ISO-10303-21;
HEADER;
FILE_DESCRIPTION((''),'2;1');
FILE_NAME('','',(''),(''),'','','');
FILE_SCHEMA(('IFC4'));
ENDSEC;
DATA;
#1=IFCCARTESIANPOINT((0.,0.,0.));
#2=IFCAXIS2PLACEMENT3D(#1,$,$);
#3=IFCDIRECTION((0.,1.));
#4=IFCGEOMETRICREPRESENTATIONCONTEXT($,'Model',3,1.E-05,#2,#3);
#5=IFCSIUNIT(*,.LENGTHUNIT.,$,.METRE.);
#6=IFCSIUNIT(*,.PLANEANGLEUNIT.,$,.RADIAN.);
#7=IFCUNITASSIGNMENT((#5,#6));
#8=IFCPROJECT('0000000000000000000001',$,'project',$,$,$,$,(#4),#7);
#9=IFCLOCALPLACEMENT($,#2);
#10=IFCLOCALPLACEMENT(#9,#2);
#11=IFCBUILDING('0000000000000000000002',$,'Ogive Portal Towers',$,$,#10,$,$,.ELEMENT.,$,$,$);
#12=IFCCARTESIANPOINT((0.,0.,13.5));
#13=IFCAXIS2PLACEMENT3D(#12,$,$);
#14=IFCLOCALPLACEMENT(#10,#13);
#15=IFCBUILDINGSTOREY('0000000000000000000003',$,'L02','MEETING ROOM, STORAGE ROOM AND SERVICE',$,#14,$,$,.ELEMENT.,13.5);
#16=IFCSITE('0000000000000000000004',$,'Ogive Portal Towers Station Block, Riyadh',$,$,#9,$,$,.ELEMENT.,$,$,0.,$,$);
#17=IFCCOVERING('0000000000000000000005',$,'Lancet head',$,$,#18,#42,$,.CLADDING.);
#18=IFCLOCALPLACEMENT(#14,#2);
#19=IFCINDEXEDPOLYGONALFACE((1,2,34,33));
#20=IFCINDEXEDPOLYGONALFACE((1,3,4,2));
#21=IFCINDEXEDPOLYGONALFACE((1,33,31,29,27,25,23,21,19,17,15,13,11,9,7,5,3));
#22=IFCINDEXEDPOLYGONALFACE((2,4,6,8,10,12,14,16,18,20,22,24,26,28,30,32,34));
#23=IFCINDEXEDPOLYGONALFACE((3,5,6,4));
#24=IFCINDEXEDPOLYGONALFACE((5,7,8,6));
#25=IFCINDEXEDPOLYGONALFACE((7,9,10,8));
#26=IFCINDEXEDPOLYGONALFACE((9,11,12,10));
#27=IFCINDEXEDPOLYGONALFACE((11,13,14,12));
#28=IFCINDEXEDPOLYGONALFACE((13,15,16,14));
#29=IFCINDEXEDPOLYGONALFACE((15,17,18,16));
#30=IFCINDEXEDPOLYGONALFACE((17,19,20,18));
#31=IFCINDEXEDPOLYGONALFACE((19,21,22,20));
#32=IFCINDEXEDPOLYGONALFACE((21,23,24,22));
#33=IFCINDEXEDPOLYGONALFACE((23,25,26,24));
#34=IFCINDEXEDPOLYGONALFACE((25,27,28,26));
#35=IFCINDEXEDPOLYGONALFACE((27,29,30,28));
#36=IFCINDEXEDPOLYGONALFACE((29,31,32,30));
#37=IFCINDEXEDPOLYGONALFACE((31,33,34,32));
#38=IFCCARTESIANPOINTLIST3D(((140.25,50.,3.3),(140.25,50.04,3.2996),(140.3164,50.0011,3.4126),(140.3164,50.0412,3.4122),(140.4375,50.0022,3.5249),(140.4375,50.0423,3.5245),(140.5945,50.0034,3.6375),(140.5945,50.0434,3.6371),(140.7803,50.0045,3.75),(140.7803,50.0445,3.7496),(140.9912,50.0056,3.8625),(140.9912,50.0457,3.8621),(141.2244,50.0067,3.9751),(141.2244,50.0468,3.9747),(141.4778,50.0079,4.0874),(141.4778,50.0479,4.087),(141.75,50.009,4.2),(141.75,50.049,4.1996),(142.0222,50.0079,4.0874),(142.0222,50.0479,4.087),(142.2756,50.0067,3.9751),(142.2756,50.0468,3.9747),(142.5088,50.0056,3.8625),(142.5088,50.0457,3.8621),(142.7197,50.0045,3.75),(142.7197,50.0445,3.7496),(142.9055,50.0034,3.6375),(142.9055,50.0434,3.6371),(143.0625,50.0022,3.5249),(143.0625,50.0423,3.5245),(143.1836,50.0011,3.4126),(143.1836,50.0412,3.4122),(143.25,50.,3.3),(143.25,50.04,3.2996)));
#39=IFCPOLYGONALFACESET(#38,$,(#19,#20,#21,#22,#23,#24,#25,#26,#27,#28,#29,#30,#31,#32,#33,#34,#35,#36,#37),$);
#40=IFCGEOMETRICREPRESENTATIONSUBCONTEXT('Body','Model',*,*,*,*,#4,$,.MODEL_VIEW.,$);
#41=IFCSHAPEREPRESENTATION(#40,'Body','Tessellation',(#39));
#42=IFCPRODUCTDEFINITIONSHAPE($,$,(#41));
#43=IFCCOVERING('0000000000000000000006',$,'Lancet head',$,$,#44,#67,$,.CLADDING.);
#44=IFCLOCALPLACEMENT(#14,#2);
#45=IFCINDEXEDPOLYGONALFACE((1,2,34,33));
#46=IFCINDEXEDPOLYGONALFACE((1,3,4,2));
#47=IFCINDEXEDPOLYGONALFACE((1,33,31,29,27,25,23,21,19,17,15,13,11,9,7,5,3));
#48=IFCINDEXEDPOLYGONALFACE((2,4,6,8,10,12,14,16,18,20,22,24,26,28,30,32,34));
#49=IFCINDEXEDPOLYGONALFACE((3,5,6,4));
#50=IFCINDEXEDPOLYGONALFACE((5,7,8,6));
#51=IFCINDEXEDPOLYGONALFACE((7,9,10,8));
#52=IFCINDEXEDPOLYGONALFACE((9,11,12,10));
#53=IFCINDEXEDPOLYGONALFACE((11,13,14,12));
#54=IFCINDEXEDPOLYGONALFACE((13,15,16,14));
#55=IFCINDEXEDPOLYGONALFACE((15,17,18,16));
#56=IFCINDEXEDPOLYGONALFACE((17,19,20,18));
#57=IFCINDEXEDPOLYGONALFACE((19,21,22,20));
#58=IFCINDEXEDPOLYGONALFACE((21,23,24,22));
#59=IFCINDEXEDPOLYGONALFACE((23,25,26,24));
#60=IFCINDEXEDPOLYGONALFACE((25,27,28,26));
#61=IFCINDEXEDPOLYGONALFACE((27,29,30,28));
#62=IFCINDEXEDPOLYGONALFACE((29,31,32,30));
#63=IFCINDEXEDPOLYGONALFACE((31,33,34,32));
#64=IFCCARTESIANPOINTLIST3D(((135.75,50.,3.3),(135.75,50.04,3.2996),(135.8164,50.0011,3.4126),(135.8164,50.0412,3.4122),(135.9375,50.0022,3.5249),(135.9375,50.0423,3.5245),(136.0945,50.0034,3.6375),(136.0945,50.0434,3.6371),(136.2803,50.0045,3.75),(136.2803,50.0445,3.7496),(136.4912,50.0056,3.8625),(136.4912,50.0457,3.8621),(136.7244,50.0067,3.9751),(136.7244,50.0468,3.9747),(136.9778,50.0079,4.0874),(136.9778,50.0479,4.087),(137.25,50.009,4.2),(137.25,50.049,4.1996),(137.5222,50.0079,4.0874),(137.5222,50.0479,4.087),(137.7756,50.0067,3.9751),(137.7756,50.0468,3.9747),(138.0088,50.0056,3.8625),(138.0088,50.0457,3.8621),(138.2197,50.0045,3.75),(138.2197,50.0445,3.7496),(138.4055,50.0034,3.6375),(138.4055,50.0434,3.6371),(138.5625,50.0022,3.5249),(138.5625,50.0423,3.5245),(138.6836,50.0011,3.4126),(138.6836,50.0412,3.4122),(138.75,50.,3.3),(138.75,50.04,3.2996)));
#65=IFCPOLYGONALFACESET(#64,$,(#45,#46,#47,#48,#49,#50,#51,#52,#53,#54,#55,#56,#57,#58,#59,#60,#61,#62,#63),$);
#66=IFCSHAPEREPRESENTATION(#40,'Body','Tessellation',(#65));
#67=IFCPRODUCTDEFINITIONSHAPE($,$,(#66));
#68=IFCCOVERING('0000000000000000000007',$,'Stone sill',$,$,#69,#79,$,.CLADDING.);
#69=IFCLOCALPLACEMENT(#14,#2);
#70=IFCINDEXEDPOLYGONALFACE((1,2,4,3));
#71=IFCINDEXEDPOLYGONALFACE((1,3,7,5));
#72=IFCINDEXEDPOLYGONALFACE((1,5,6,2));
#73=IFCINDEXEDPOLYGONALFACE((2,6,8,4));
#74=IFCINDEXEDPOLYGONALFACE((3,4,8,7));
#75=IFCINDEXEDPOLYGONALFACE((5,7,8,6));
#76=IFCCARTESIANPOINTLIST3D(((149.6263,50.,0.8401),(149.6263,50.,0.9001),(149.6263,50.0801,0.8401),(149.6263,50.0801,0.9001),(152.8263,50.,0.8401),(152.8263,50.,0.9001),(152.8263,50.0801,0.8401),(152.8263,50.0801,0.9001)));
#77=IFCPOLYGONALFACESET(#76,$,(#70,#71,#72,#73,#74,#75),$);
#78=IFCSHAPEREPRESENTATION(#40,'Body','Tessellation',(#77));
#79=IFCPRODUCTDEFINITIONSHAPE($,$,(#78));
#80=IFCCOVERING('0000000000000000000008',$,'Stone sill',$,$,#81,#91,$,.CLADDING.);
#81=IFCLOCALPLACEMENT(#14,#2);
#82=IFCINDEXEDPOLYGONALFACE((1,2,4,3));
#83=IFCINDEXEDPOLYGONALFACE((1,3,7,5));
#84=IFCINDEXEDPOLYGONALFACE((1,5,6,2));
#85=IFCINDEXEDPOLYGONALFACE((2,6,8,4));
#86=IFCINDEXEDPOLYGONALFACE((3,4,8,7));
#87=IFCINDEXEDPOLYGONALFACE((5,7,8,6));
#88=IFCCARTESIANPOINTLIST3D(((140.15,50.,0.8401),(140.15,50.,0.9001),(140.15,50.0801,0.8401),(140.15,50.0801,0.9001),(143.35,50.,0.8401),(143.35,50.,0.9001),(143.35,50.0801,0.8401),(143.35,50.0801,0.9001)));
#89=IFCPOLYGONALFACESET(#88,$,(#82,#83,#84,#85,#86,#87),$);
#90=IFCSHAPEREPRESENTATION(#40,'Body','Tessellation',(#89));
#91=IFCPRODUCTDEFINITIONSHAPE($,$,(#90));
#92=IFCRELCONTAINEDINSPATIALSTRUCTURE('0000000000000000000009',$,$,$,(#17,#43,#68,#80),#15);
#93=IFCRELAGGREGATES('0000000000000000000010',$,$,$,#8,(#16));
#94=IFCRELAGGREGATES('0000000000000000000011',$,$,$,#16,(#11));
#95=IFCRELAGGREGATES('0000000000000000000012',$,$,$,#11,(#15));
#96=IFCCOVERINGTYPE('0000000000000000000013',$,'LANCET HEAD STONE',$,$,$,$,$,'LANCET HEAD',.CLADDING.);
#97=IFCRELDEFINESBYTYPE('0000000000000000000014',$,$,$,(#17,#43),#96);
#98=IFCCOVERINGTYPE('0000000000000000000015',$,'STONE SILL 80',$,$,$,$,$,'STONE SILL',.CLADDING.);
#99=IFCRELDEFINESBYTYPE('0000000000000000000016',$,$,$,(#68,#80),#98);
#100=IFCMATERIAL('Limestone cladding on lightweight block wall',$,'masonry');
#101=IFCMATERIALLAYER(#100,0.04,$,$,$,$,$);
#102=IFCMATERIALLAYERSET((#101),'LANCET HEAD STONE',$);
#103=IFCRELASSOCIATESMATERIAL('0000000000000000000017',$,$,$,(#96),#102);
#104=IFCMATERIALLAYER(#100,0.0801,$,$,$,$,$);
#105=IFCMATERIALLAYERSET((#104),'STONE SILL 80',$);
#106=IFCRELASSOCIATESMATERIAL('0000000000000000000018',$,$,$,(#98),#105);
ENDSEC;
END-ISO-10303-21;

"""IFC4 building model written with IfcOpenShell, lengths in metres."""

from ifc_helpers import new_model, si_unit, direction, frame, origin, origin_2d, place, context, subcontext, project, spatial, polyline, rectangle, outline, extrude, material, layer, layer_set, type_object, element, save


model = new_model("IFC4")

# Units and contexts
model_context = context("Model", 3, precision=1e-05, world=origin(), true_north=direction((0.0, 1.0)))
body_context = subcontext(model_context, "Body", "Model", "MODEL_VIEW")
ifc_project = project(units=[si_unit("LENGTHUNIT", "METRE"), si_unit("PLANEANGLEUNIT", "RADIAN")], contexts=[model_context])

# Site, building, storey
site_placement = place(None, origin())
site = spatial("IfcSite", under=ifc_project, at=site_placement, Name="Ogive Portal Towers Station Block, Riyadh", CompositionType="ELEMENT", RefElevation=0.0)
building_placement = place(site_placement, origin())
building = spatial("IfcBuilding", under=site, at=building_placement, Name="Ogive Portal Towers", CompositionType="ELEMENT")
storey_placement = place(building_placement, frame((0.0, 0.0, 13.5)))
storey = spatial("IfcBuildingStorey", under=building, at=storey_placement, Name="L02", Description="MEETING ROOM, STORAGE ROOM AND SERVICE", CompositionType="ELEMENT", Elevation=13.5)

# Coverings
ifc_material_1 = material(Name="Limestone cladding on lightweight block wall", Category="masonry")
ifc_layer_1 = layer(ifc_material_1, 0.04)
ifc_layer_set_1 = layer_set([ifc_layer_1], Name="LANCET HEAD STONE")
covering_type_1 = type_object("IfcCoveringType", Name="LANCET HEAD STONE", ElementType="LANCET HEAD", PredefinedType="CLADDING", material=ifc_layer_set_1)
for number, where, z_axis, x_axis, name in (
    (1, (143.25, 50.0, 3.3), (0.0, -0.99995, 0.009994), (-1.0, 0.0, 0.0), "Lancet head"),
    (2, (138.75, 50.0, 3.3), (0.0, -0.99995, 0.009994), (-1.0, 0.0, 0.0), "Lancet head"),
):
    element("IfcCovering", number, at=place(storey_placement, frame(where, z_axis=z_axis, x_axis=x_axis)), inside=storey, type_object=covering_type_1, Name=name, PredefinedType="CLADDING", context=body_context, shape_type="SweptSolid", body=[
        extrude(outline(polyline([(0.0, 0.0), (3.0, 0.0), (2.9336, -0.1126), (2.8125, -0.2249), (2.6555, -0.3374), (2.4697, -0.45), (2.2588, -0.5625), (2.0256, -0.6751), (1.7722, -0.7874), (1.5, -0.8999), (1.2278, -0.7874), (0.9744, -0.6751), (0.7412, -0.5625), (0.5303, -0.45), (0.3445, -0.3374), (0.1875, -0.2249), (0.0664, -0.1126), (0.0, 0.0)])), origin(), (0.0, 0.0, -1.0), 0.04),
    ])
ifc_layer_2 = layer(ifc_material_1, 0.0801)
ifc_layer_set_2 = layer_set([ifc_layer_2], Name="STONE SILL 80")
covering_type_2 = type_object("IfcCoveringType", Name="STONE SILL 80", ElementType="STONE SILL", PredefinedType="CLADDING", material=ifc_layer_set_2)
for number, where, z_axis, x_axis, name in (
    (3, (151.2263, 50.04, 0.8401), (0.0, 0.0, 1.0), (-1.0, 0.0, 0.0), "Stone sill"),
    (4, (141.75, 50.04, 0.8401), (0.0, 0.0, 1.0), (-1.0, 0.0, 0.0), "Stone sill"),
):
    element("IfcCovering", number, at=place(storey_placement, frame(where, z_axis=z_axis, x_axis=x_axis)), inside=storey, type_object=covering_type_2, Name=name, PredefinedType="CLADDING", context=body_context, shape_type="SweptSolid", body=[
        extrude(rectangle(XDim=3.2, YDim=0.0801, at=origin_2d()), origin(), (0.0, 0.0, 1.0), 0.0601),
    ])

save(model, "model.ifc")
